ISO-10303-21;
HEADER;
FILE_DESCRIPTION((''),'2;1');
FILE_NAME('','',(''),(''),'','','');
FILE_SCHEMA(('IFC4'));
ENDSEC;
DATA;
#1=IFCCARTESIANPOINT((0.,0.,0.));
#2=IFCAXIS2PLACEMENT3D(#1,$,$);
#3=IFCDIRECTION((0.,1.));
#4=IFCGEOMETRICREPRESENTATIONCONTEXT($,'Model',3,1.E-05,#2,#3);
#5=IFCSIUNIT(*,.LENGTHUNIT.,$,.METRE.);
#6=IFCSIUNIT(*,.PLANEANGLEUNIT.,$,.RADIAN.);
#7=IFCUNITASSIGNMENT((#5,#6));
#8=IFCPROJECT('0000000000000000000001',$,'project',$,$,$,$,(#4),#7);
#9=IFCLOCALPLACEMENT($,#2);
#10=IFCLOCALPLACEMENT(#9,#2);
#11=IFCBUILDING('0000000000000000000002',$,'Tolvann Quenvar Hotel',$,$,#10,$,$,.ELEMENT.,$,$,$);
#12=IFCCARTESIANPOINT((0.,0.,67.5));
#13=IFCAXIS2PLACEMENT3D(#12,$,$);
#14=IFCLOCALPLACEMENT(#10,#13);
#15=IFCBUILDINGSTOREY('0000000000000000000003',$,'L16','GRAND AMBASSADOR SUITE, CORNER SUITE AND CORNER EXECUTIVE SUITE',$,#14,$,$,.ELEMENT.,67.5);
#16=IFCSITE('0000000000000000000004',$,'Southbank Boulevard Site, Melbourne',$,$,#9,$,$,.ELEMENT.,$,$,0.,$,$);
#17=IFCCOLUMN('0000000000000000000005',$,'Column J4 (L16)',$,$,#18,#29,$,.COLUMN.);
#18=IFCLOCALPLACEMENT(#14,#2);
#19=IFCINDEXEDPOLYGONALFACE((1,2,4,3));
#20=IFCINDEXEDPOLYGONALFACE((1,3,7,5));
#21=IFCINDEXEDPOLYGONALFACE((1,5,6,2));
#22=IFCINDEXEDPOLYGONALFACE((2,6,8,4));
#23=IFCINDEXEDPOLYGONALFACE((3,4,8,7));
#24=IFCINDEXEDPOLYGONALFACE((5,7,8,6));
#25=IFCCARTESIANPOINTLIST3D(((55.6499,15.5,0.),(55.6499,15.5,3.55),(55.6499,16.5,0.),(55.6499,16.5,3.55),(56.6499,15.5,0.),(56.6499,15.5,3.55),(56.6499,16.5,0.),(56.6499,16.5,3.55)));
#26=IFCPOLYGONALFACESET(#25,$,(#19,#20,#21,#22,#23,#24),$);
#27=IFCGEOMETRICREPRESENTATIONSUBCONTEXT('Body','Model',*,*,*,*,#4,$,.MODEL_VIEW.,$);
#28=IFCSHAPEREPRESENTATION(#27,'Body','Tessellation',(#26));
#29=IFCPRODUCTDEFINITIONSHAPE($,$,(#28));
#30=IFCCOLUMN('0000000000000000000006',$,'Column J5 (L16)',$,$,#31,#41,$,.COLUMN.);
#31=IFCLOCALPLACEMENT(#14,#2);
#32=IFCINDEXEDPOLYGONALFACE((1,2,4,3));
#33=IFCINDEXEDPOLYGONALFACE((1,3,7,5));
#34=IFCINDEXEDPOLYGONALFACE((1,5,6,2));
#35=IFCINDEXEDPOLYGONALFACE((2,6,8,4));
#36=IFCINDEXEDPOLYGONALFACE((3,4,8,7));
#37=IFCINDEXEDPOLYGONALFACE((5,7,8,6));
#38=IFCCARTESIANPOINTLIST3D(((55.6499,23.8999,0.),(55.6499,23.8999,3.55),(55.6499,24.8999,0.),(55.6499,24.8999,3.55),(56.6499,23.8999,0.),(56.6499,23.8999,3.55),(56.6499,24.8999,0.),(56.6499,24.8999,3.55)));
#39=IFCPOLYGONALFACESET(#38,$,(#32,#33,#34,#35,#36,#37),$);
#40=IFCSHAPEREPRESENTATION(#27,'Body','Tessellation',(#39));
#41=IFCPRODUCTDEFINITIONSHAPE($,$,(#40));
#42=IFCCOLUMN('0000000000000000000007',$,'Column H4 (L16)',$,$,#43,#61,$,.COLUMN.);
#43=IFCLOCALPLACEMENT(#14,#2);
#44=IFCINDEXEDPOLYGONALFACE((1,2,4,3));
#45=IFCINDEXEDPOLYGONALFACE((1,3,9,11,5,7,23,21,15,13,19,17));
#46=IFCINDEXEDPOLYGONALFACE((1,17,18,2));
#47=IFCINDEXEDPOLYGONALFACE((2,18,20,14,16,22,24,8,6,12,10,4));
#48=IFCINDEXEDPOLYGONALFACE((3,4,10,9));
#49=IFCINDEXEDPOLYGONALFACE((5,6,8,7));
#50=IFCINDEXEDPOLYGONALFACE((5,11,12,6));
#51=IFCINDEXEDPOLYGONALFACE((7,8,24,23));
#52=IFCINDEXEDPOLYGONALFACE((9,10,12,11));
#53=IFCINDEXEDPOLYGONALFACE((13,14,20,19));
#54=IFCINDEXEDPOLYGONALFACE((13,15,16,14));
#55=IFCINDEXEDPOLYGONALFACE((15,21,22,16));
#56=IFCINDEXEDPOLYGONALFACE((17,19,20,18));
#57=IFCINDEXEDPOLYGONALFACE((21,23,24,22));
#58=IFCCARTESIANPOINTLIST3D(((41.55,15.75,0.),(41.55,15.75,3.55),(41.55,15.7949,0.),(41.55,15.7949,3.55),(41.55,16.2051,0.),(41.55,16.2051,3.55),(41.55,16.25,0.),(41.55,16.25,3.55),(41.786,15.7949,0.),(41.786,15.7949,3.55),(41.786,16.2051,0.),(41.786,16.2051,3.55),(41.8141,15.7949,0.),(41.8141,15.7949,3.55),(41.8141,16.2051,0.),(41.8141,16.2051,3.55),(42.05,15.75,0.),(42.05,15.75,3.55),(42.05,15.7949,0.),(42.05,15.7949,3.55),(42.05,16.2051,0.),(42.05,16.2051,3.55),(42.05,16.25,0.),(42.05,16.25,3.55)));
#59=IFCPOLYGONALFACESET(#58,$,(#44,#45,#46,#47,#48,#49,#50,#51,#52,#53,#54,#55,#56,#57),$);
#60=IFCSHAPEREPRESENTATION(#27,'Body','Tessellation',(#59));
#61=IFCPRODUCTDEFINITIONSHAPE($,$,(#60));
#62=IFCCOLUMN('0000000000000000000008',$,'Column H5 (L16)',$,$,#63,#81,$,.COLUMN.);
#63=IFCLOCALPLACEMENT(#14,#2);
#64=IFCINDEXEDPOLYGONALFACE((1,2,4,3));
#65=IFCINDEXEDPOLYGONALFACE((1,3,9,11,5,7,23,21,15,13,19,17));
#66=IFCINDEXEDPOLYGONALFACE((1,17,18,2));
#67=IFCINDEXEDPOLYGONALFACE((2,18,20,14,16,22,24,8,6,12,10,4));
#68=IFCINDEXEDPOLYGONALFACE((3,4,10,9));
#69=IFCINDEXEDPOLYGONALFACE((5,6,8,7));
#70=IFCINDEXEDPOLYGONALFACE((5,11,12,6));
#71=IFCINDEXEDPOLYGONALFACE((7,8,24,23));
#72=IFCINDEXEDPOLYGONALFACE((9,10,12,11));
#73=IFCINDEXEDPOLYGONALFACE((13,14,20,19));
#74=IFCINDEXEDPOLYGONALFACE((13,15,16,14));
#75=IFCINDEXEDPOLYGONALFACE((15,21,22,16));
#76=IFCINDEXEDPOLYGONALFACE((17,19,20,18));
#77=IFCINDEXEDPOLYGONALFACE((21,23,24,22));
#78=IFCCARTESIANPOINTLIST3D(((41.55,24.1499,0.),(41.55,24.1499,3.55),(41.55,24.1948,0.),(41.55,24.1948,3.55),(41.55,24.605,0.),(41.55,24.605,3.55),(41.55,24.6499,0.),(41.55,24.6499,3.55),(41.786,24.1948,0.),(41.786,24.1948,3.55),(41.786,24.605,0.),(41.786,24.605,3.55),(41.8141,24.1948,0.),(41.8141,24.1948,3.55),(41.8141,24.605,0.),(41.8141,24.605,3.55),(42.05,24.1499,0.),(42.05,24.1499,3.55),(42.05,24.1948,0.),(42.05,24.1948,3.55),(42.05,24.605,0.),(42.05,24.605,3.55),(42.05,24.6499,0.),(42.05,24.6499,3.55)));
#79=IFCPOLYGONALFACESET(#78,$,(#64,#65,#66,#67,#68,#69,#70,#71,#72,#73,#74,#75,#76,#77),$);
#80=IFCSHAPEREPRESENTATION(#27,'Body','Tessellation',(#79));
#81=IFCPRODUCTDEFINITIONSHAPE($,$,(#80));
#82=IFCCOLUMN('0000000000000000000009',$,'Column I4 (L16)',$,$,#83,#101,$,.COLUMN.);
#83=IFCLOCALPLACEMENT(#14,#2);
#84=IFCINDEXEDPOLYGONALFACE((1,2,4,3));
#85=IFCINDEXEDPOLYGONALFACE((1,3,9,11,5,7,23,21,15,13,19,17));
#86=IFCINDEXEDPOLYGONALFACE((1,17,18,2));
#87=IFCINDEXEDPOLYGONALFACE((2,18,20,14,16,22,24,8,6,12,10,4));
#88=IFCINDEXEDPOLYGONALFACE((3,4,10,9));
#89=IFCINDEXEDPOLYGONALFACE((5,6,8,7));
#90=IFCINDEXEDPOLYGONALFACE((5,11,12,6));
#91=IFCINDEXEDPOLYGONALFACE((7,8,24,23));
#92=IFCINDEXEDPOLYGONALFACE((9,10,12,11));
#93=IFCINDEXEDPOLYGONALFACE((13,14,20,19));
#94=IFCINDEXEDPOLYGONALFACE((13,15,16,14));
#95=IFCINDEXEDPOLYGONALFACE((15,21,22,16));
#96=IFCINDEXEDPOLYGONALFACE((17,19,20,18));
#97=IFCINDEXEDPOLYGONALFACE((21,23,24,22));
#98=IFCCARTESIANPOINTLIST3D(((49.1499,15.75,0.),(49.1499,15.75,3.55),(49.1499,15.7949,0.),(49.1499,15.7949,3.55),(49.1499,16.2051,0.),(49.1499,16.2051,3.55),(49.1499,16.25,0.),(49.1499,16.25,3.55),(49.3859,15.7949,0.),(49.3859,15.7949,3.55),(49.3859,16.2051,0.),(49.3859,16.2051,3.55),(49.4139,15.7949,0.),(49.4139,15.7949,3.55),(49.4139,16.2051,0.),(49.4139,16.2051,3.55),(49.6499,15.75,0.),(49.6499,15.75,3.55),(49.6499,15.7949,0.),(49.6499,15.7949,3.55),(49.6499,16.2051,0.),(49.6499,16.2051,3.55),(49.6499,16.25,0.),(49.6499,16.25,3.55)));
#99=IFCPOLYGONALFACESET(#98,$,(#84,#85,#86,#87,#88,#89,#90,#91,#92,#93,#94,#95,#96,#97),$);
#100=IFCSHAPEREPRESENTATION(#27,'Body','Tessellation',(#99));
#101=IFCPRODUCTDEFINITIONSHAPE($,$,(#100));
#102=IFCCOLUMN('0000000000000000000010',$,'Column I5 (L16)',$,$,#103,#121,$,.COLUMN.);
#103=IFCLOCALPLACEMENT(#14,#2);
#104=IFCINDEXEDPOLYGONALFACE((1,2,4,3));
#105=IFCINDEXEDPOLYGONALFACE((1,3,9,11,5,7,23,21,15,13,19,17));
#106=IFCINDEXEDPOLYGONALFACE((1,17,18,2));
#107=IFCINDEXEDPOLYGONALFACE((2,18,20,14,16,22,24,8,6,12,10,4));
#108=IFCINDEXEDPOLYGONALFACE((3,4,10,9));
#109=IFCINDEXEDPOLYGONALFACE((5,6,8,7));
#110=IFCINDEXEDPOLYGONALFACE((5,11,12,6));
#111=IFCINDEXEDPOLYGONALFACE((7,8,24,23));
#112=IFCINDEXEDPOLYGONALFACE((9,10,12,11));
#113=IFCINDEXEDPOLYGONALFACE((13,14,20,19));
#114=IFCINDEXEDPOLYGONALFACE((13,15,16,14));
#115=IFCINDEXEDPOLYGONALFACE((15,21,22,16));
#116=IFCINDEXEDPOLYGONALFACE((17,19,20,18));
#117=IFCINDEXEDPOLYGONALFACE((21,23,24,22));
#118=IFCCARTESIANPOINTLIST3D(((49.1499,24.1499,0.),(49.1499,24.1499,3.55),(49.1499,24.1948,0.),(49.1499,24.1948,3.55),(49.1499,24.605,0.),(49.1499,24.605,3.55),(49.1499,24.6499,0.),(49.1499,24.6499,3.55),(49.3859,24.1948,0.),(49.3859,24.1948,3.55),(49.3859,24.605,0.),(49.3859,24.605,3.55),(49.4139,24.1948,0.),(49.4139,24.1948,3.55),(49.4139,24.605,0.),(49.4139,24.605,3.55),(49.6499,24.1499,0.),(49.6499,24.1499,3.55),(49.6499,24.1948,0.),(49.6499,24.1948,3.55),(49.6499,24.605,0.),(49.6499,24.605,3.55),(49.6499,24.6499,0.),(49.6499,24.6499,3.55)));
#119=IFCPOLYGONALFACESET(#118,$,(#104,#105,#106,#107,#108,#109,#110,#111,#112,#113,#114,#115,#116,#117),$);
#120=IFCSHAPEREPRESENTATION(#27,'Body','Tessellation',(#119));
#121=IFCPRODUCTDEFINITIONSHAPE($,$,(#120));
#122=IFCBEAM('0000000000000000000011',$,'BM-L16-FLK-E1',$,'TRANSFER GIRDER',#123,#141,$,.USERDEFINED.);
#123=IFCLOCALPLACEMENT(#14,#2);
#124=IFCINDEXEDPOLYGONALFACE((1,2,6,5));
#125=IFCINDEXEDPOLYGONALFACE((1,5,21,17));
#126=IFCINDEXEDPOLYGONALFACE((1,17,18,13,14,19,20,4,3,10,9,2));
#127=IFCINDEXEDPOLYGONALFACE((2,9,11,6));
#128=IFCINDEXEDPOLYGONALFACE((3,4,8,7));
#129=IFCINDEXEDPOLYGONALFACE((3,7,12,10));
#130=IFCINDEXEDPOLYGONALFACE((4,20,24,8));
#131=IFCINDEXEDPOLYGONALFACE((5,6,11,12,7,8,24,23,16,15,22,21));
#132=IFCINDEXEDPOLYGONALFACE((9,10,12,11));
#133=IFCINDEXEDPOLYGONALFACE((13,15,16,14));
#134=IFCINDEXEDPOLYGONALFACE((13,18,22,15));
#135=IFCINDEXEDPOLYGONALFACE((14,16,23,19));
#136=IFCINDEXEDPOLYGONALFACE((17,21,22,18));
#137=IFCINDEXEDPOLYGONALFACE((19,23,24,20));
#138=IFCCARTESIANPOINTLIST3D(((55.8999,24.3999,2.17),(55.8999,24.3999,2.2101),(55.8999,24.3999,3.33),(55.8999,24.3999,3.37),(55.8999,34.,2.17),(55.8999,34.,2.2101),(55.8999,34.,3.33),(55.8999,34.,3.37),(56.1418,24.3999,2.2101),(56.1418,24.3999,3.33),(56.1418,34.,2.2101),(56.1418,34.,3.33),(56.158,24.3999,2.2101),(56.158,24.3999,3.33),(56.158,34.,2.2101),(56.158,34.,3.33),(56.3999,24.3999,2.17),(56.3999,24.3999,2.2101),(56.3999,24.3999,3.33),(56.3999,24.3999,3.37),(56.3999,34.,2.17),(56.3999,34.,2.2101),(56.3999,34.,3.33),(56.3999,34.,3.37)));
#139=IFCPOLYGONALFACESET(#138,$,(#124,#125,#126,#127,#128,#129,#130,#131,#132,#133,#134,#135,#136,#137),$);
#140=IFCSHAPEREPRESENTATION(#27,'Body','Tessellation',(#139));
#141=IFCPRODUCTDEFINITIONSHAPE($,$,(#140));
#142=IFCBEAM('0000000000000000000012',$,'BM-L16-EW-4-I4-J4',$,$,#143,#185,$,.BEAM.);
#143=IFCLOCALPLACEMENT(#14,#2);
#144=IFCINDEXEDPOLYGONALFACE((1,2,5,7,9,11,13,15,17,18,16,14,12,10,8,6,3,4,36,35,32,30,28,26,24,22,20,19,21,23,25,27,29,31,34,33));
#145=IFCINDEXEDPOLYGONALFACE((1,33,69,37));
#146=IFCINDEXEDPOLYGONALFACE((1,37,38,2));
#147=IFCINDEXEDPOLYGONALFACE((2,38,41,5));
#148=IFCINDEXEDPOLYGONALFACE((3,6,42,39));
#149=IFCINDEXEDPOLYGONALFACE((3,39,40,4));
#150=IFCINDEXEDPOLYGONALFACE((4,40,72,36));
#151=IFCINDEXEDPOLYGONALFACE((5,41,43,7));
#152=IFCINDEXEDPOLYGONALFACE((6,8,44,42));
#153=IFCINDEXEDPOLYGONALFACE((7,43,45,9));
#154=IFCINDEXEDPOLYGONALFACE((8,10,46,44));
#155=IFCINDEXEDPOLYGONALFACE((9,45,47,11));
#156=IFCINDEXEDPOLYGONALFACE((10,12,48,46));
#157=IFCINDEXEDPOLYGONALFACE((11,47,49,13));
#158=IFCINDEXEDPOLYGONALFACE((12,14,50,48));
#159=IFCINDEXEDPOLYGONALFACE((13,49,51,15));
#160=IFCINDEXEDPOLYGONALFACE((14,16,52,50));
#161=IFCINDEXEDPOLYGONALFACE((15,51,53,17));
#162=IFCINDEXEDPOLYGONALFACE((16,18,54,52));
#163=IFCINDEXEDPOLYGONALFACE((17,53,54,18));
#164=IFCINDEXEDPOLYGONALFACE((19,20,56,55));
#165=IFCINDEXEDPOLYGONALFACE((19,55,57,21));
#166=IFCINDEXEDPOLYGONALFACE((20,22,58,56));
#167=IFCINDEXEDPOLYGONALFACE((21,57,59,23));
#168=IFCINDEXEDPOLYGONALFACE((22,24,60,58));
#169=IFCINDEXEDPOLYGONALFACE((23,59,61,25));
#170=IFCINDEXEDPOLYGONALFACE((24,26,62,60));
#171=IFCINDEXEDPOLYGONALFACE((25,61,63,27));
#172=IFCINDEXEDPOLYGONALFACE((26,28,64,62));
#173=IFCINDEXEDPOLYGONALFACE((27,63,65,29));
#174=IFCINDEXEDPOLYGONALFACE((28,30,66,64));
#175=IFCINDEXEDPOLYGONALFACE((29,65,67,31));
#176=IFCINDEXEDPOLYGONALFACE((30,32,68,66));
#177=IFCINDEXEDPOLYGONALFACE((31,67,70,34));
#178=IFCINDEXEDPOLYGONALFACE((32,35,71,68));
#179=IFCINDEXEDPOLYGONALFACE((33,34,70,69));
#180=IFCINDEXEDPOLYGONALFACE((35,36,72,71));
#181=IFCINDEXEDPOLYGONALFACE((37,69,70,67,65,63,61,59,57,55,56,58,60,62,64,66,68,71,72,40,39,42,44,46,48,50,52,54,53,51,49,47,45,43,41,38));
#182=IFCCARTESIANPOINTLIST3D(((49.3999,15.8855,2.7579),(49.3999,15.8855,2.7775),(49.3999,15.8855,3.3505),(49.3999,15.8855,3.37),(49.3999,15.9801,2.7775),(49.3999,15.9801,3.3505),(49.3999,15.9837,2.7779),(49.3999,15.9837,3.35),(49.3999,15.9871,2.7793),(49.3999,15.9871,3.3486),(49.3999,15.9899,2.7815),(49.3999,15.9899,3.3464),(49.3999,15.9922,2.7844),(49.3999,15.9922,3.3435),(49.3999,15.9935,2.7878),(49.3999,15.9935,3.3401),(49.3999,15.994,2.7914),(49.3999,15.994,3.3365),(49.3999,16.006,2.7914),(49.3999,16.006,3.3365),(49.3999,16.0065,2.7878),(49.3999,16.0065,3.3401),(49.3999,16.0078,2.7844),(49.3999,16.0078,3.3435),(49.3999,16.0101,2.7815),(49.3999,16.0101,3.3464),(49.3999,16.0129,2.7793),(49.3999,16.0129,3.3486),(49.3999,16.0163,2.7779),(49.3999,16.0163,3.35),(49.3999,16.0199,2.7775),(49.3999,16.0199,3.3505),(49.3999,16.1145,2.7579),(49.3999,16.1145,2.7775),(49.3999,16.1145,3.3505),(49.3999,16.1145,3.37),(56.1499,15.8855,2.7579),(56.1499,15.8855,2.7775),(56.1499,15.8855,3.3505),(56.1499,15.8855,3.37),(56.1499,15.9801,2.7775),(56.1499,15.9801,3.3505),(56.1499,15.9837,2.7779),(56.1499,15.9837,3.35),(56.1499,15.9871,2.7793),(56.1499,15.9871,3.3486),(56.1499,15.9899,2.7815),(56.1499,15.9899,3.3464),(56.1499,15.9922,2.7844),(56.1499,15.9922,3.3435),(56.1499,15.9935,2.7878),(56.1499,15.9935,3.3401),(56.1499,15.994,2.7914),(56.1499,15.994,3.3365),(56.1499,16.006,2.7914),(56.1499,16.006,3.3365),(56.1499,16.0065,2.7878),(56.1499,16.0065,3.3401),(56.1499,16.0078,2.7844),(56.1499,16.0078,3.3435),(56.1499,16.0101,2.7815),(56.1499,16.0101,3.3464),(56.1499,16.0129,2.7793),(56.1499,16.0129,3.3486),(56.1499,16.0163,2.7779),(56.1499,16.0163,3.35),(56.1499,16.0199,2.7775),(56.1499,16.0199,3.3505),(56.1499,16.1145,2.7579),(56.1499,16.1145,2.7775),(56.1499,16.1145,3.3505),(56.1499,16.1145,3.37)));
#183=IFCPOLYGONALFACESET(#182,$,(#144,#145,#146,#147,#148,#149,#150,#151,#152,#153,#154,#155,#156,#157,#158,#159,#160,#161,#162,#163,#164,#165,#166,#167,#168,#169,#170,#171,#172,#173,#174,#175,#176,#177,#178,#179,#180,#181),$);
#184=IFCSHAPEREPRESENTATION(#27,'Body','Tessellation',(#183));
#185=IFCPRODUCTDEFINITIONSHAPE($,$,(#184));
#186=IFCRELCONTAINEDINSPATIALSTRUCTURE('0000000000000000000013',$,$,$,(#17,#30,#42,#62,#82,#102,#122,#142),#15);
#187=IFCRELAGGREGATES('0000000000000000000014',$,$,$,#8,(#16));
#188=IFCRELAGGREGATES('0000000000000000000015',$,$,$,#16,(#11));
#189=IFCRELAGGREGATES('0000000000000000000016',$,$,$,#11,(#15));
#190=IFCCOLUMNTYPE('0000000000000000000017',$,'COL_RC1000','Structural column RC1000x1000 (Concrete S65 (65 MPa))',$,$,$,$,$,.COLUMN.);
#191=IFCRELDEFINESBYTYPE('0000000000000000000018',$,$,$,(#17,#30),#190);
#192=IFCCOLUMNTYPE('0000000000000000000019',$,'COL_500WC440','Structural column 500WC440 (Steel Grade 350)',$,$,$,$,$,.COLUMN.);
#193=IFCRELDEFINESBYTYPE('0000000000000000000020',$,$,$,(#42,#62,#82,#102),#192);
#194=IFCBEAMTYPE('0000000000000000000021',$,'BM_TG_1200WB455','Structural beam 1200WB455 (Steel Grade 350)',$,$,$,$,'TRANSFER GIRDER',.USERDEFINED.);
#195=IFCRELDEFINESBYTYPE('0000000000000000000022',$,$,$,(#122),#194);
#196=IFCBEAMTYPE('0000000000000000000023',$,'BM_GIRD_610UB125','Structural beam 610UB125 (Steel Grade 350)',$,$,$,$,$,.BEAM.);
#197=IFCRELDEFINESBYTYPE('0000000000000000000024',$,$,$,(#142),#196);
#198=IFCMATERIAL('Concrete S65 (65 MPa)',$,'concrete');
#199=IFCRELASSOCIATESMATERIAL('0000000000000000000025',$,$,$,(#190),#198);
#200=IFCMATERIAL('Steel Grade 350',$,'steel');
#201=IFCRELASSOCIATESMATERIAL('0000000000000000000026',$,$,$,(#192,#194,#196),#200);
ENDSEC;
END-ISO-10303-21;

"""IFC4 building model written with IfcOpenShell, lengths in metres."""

from ifc_helpers import new_model, si_unit, direction, frame, origin, origin_2d, place, context, subcontext, project, spatial, rectangle, i_section, extrude, source, transform, mapped, material, material_profile, profile_set, type_object, type_shapes, element, save


model = new_model("IFC4")

# Units and contexts
model_context = context("Model", 3, precision=1e-05, world=origin(), true_north=direction((0.0, 1.0)))
body_context = subcontext(model_context, "Body", "Model", "MODEL_VIEW")
ifc_project = project(units=[si_unit("LENGTHUNIT", "METRE"), si_unit("PLANEANGLEUNIT", "RADIAN")], contexts=[model_context])

# Site, building, storey
site_placement = place(None, origin())
site = spatial("IfcSite", under=ifc_project, at=site_placement, Name="Southbank Boulevard Site, Melbourne", CompositionType="ELEMENT", RefElevation=0.0)
building_placement = place(site_placement, origin())
building = spatial("IfcBuilding", under=site, at=building_placement, Name="Tolvann Quenvar Hotel", CompositionType="ELEMENT")
storey_placement = place(building_placement, frame((0.0, 0.0, 67.5)))
storey = spatial("IfcBuildingStorey", under=building, at=storey_placement, Name="L16", Description="GRAND AMBASSADOR SUITE, CORNER SUITE AND CORNER EXECUTIVE SUITE", CompositionType="ELEMENT", Elevation=67.5)

# Columns
ifc_material_1 = material(Name="Concrete S65 (65 MPa)", Category="concrete")
ifc_material_profile_1 = material_profile(ifc_material_1, rectangle(XDim=1.0, YDim=1.0, at=origin_2d()), Name="RC1000x1000")
ifc_profile_set_1 = profile_set([ifc_material_profile_1], Name="Concrete S65 (65 MPa)")
column_type_1 = type_object("IfcColumnType", Name="COL_RC1000", Description="Structural column RC1000x1000 (Concrete S65 (65 MPa))", PredefinedType="COLUMN", material=ifc_profile_set_1)
shared_shape_1 = source(origin(), body_context, "Body", "SweptSolid", [
    extrude(rectangle(XDim=1.0, YDim=1.0, at=origin_2d()), origin(), (0.0, 0.0, 1.0), 3.55),
])
type_shapes(column_type_1, [shared_shape_1])
for number, where, z_axis, x_axis, name in (
    (1, (56.1499, 16.0, 0.0), (0.0, 0.0, 1.0), (1.0, 0.0, 0.0), "Column J4 (L16)"),
    (2, (56.1499, 24.3999, 0.0), (0.0, 0.0, 1.0), (1.0, 0.0, 0.0), "Column J5 (L16)"),
):
    element("IfcColumn", number, at=place(storey_placement, frame(where, z_axis=z_axis, x_axis=x_axis)), inside=storey, type_object=column_type_1, Name=name, PredefinedType="COLUMN", context=body_context, shape_type="MappedRepresentation", body=[
        mapped(shared_shape_1, transform((0.0, 0.0, 0.0), x_axis=(1.0, 0.0, 0.0), y_axis=(0.0, 1.0, 0.0), z_axis=(0.0, 0.0, 1.0), scale=1.0)),
    ])
ifc_material_2 = material(Name="Steel Grade 350", Category="steel")
ifc_material_profile_2 = material_profile(ifc_material_2, i_section(OverallWidth=0.5, OverallDepth=0.5, WebThickness=0.0281, FlangeThickness=0.0449, at=origin_2d()), Name="500WC440")
ifc_profile_set_2 = profile_set([ifc_material_profile_2], Name="Steel Grade 350")
column_type_2 = type_object("IfcColumnType", Name="COL_500WC440", Description="Structural column 500WC440 (Steel Grade 350)", PredefinedType="COLUMN", material=ifc_profile_set_2)
shared_shape_2 = source(origin(), body_context, "Body", "SweptSolid", [
    extrude(i_section(OverallWidth=0.5, OverallDepth=0.5, WebThickness=0.0281, FlangeThickness=0.0449, at=origin_2d()), origin(), (0.0, 0.0, 1.0), 3.55),
])
type_shapes(column_type_2, [shared_shape_2])
for number, where, z_axis, x_axis, name in (
    (3, (41.8, 16.0, 0.0), (0.0, 0.0, 1.0), (1.0, 0.0, 0.0), "Column H4 (L16)"),
    (4, (41.8, 24.3999, 0.0), (0.0, 0.0, 1.0), (1.0, 0.0, 0.0), "Column H5 (L16)"),
    (5, (49.3999, 16.0, 0.0), (0.0, 0.0, 1.0), (1.0, 0.0, 0.0), "Column I4 (L16)"),
    (6, (49.3999, 24.3999, 0.0), (0.0, 0.0, 1.0), (1.0, 0.0, 0.0), "Column I5 (L16)"),
):
    element("IfcColumn", number, at=place(storey_placement, frame(where, z_axis=z_axis, x_axis=x_axis)), inside=storey, type_object=column_type_2, Name=name, PredefinedType="COLUMN", context=body_context, shape_type="MappedRepresentation", body=[
        mapped(shared_shape_2, transform((0.0, 0.0, 0.0), x_axis=(1.0, 0.0, 0.0), y_axis=(0.0, 1.0, 0.0), z_axis=(0.0, 0.0, 1.0), scale=1.0)),
    ])

# Beams
ifc_material_profile_3 = material_profile(ifc_material_2, i_section(OverallWidth=0.5, OverallDepth=1.2, WebThickness=0.0161, FlangeThickness=0.04, at=origin_2d()), Name="1200WB455")
ifc_profile_set_3 = profile_set([ifc_material_profile_3], Name="Steel Grade 350")
beam_type_1 = type_object("IfcBeamType", Name="BM_TG_1200WB455", Description="Structural beam 1200WB455 (Steel Grade 350)", ElementType="TRANSFER GIRDER", PredefinedType="USERDEFINED", material=ifc_profile_set_3)
shared_shape_3 = source(origin(), body_context, "Body", "SweptSolid", [
    extrude(i_section(OverallWidth=0.5, OverallDepth=1.2, WebThickness=0.0161, FlangeThickness=0.04, at=origin_2d()), origin(), (0.0, 0.0, 1.0), 9.6001),
])
beam_1_placement = place(storey_placement, frame((56.1499, 24.3999, 2.77), z_axis=(0.0, 1.0, 0.0), x_axis=(-1.0, 0.0, 0.0)))
element("IfcBeam", 7, at=beam_1_placement, inside=storey, type_object=beam_type_1, Name="BM-L16-FLK-E1", ObjectType="TRANSFER GIRDER", PredefinedType="USERDEFINED", context=body_context, shape_type="MappedRepresentation", body=[
    mapped(shared_shape_3, transform((0.0, 0.0, 0.0), x_axis=(1.0, 0.0, 0.0), y_axis=(0.0, 1.0, 0.0), z_axis=(0.0, 0.0, 1.0), scale=1.0)),
])
ifc_material_profile_4 = material_profile(ifc_material_2, i_section(OverallWidth=0.229, OverallDepth=0.6121, WebThickness=0.012, FlangeThickness=0.0195, FilletRadius=0.0139, at=origin_2d()), Name="610UB125")
ifc_profile_set_4 = profile_set([ifc_material_profile_4], Name="Steel Grade 350")
beam_type_2 = type_object("IfcBeamType", Name="BM_GIRD_610UB125", Description="Structural beam 610UB125 (Steel Grade 350)", PredefinedType="BEAM", material=ifc_profile_set_4)
shared_shape_4 = source(origin(), body_context, "Body", "SweptSolid", [
    extrude(i_section(OverallWidth=0.229, OverallDepth=0.6121, WebThickness=0.012, FlangeThickness=0.0195, FilletRadius=0.0139, at=origin_2d()), origin(), (0.0, 0.0, 1.0), 6.75),
])
for number, where, z_axis, x_axis, name in (
    (8, (49.3999, 16.0, 3.064), (1.0, 0.0, 0.0), (0.0, 1.0, 0.0), "BM-L16-EW-4-I4-J4"),
):
    element("IfcBeam", number, at=place(storey_placement, frame(where, z_axis=z_axis, x_axis=x_axis)), inside=storey, type_object=beam_type_2, Name=name, PredefinedType="BEAM", context=body_context, shape_type="MappedRepresentation", body=[
        mapped(shared_shape_4, transform((0.0, 0.0, 0.0), x_axis=(1.0, 0.0, 0.0), y_axis=(0.0, 1.0, 0.0), z_axis=(0.0, 0.0, 1.0), scale=1.0)),
    ])

save(model, "model.ifc")
